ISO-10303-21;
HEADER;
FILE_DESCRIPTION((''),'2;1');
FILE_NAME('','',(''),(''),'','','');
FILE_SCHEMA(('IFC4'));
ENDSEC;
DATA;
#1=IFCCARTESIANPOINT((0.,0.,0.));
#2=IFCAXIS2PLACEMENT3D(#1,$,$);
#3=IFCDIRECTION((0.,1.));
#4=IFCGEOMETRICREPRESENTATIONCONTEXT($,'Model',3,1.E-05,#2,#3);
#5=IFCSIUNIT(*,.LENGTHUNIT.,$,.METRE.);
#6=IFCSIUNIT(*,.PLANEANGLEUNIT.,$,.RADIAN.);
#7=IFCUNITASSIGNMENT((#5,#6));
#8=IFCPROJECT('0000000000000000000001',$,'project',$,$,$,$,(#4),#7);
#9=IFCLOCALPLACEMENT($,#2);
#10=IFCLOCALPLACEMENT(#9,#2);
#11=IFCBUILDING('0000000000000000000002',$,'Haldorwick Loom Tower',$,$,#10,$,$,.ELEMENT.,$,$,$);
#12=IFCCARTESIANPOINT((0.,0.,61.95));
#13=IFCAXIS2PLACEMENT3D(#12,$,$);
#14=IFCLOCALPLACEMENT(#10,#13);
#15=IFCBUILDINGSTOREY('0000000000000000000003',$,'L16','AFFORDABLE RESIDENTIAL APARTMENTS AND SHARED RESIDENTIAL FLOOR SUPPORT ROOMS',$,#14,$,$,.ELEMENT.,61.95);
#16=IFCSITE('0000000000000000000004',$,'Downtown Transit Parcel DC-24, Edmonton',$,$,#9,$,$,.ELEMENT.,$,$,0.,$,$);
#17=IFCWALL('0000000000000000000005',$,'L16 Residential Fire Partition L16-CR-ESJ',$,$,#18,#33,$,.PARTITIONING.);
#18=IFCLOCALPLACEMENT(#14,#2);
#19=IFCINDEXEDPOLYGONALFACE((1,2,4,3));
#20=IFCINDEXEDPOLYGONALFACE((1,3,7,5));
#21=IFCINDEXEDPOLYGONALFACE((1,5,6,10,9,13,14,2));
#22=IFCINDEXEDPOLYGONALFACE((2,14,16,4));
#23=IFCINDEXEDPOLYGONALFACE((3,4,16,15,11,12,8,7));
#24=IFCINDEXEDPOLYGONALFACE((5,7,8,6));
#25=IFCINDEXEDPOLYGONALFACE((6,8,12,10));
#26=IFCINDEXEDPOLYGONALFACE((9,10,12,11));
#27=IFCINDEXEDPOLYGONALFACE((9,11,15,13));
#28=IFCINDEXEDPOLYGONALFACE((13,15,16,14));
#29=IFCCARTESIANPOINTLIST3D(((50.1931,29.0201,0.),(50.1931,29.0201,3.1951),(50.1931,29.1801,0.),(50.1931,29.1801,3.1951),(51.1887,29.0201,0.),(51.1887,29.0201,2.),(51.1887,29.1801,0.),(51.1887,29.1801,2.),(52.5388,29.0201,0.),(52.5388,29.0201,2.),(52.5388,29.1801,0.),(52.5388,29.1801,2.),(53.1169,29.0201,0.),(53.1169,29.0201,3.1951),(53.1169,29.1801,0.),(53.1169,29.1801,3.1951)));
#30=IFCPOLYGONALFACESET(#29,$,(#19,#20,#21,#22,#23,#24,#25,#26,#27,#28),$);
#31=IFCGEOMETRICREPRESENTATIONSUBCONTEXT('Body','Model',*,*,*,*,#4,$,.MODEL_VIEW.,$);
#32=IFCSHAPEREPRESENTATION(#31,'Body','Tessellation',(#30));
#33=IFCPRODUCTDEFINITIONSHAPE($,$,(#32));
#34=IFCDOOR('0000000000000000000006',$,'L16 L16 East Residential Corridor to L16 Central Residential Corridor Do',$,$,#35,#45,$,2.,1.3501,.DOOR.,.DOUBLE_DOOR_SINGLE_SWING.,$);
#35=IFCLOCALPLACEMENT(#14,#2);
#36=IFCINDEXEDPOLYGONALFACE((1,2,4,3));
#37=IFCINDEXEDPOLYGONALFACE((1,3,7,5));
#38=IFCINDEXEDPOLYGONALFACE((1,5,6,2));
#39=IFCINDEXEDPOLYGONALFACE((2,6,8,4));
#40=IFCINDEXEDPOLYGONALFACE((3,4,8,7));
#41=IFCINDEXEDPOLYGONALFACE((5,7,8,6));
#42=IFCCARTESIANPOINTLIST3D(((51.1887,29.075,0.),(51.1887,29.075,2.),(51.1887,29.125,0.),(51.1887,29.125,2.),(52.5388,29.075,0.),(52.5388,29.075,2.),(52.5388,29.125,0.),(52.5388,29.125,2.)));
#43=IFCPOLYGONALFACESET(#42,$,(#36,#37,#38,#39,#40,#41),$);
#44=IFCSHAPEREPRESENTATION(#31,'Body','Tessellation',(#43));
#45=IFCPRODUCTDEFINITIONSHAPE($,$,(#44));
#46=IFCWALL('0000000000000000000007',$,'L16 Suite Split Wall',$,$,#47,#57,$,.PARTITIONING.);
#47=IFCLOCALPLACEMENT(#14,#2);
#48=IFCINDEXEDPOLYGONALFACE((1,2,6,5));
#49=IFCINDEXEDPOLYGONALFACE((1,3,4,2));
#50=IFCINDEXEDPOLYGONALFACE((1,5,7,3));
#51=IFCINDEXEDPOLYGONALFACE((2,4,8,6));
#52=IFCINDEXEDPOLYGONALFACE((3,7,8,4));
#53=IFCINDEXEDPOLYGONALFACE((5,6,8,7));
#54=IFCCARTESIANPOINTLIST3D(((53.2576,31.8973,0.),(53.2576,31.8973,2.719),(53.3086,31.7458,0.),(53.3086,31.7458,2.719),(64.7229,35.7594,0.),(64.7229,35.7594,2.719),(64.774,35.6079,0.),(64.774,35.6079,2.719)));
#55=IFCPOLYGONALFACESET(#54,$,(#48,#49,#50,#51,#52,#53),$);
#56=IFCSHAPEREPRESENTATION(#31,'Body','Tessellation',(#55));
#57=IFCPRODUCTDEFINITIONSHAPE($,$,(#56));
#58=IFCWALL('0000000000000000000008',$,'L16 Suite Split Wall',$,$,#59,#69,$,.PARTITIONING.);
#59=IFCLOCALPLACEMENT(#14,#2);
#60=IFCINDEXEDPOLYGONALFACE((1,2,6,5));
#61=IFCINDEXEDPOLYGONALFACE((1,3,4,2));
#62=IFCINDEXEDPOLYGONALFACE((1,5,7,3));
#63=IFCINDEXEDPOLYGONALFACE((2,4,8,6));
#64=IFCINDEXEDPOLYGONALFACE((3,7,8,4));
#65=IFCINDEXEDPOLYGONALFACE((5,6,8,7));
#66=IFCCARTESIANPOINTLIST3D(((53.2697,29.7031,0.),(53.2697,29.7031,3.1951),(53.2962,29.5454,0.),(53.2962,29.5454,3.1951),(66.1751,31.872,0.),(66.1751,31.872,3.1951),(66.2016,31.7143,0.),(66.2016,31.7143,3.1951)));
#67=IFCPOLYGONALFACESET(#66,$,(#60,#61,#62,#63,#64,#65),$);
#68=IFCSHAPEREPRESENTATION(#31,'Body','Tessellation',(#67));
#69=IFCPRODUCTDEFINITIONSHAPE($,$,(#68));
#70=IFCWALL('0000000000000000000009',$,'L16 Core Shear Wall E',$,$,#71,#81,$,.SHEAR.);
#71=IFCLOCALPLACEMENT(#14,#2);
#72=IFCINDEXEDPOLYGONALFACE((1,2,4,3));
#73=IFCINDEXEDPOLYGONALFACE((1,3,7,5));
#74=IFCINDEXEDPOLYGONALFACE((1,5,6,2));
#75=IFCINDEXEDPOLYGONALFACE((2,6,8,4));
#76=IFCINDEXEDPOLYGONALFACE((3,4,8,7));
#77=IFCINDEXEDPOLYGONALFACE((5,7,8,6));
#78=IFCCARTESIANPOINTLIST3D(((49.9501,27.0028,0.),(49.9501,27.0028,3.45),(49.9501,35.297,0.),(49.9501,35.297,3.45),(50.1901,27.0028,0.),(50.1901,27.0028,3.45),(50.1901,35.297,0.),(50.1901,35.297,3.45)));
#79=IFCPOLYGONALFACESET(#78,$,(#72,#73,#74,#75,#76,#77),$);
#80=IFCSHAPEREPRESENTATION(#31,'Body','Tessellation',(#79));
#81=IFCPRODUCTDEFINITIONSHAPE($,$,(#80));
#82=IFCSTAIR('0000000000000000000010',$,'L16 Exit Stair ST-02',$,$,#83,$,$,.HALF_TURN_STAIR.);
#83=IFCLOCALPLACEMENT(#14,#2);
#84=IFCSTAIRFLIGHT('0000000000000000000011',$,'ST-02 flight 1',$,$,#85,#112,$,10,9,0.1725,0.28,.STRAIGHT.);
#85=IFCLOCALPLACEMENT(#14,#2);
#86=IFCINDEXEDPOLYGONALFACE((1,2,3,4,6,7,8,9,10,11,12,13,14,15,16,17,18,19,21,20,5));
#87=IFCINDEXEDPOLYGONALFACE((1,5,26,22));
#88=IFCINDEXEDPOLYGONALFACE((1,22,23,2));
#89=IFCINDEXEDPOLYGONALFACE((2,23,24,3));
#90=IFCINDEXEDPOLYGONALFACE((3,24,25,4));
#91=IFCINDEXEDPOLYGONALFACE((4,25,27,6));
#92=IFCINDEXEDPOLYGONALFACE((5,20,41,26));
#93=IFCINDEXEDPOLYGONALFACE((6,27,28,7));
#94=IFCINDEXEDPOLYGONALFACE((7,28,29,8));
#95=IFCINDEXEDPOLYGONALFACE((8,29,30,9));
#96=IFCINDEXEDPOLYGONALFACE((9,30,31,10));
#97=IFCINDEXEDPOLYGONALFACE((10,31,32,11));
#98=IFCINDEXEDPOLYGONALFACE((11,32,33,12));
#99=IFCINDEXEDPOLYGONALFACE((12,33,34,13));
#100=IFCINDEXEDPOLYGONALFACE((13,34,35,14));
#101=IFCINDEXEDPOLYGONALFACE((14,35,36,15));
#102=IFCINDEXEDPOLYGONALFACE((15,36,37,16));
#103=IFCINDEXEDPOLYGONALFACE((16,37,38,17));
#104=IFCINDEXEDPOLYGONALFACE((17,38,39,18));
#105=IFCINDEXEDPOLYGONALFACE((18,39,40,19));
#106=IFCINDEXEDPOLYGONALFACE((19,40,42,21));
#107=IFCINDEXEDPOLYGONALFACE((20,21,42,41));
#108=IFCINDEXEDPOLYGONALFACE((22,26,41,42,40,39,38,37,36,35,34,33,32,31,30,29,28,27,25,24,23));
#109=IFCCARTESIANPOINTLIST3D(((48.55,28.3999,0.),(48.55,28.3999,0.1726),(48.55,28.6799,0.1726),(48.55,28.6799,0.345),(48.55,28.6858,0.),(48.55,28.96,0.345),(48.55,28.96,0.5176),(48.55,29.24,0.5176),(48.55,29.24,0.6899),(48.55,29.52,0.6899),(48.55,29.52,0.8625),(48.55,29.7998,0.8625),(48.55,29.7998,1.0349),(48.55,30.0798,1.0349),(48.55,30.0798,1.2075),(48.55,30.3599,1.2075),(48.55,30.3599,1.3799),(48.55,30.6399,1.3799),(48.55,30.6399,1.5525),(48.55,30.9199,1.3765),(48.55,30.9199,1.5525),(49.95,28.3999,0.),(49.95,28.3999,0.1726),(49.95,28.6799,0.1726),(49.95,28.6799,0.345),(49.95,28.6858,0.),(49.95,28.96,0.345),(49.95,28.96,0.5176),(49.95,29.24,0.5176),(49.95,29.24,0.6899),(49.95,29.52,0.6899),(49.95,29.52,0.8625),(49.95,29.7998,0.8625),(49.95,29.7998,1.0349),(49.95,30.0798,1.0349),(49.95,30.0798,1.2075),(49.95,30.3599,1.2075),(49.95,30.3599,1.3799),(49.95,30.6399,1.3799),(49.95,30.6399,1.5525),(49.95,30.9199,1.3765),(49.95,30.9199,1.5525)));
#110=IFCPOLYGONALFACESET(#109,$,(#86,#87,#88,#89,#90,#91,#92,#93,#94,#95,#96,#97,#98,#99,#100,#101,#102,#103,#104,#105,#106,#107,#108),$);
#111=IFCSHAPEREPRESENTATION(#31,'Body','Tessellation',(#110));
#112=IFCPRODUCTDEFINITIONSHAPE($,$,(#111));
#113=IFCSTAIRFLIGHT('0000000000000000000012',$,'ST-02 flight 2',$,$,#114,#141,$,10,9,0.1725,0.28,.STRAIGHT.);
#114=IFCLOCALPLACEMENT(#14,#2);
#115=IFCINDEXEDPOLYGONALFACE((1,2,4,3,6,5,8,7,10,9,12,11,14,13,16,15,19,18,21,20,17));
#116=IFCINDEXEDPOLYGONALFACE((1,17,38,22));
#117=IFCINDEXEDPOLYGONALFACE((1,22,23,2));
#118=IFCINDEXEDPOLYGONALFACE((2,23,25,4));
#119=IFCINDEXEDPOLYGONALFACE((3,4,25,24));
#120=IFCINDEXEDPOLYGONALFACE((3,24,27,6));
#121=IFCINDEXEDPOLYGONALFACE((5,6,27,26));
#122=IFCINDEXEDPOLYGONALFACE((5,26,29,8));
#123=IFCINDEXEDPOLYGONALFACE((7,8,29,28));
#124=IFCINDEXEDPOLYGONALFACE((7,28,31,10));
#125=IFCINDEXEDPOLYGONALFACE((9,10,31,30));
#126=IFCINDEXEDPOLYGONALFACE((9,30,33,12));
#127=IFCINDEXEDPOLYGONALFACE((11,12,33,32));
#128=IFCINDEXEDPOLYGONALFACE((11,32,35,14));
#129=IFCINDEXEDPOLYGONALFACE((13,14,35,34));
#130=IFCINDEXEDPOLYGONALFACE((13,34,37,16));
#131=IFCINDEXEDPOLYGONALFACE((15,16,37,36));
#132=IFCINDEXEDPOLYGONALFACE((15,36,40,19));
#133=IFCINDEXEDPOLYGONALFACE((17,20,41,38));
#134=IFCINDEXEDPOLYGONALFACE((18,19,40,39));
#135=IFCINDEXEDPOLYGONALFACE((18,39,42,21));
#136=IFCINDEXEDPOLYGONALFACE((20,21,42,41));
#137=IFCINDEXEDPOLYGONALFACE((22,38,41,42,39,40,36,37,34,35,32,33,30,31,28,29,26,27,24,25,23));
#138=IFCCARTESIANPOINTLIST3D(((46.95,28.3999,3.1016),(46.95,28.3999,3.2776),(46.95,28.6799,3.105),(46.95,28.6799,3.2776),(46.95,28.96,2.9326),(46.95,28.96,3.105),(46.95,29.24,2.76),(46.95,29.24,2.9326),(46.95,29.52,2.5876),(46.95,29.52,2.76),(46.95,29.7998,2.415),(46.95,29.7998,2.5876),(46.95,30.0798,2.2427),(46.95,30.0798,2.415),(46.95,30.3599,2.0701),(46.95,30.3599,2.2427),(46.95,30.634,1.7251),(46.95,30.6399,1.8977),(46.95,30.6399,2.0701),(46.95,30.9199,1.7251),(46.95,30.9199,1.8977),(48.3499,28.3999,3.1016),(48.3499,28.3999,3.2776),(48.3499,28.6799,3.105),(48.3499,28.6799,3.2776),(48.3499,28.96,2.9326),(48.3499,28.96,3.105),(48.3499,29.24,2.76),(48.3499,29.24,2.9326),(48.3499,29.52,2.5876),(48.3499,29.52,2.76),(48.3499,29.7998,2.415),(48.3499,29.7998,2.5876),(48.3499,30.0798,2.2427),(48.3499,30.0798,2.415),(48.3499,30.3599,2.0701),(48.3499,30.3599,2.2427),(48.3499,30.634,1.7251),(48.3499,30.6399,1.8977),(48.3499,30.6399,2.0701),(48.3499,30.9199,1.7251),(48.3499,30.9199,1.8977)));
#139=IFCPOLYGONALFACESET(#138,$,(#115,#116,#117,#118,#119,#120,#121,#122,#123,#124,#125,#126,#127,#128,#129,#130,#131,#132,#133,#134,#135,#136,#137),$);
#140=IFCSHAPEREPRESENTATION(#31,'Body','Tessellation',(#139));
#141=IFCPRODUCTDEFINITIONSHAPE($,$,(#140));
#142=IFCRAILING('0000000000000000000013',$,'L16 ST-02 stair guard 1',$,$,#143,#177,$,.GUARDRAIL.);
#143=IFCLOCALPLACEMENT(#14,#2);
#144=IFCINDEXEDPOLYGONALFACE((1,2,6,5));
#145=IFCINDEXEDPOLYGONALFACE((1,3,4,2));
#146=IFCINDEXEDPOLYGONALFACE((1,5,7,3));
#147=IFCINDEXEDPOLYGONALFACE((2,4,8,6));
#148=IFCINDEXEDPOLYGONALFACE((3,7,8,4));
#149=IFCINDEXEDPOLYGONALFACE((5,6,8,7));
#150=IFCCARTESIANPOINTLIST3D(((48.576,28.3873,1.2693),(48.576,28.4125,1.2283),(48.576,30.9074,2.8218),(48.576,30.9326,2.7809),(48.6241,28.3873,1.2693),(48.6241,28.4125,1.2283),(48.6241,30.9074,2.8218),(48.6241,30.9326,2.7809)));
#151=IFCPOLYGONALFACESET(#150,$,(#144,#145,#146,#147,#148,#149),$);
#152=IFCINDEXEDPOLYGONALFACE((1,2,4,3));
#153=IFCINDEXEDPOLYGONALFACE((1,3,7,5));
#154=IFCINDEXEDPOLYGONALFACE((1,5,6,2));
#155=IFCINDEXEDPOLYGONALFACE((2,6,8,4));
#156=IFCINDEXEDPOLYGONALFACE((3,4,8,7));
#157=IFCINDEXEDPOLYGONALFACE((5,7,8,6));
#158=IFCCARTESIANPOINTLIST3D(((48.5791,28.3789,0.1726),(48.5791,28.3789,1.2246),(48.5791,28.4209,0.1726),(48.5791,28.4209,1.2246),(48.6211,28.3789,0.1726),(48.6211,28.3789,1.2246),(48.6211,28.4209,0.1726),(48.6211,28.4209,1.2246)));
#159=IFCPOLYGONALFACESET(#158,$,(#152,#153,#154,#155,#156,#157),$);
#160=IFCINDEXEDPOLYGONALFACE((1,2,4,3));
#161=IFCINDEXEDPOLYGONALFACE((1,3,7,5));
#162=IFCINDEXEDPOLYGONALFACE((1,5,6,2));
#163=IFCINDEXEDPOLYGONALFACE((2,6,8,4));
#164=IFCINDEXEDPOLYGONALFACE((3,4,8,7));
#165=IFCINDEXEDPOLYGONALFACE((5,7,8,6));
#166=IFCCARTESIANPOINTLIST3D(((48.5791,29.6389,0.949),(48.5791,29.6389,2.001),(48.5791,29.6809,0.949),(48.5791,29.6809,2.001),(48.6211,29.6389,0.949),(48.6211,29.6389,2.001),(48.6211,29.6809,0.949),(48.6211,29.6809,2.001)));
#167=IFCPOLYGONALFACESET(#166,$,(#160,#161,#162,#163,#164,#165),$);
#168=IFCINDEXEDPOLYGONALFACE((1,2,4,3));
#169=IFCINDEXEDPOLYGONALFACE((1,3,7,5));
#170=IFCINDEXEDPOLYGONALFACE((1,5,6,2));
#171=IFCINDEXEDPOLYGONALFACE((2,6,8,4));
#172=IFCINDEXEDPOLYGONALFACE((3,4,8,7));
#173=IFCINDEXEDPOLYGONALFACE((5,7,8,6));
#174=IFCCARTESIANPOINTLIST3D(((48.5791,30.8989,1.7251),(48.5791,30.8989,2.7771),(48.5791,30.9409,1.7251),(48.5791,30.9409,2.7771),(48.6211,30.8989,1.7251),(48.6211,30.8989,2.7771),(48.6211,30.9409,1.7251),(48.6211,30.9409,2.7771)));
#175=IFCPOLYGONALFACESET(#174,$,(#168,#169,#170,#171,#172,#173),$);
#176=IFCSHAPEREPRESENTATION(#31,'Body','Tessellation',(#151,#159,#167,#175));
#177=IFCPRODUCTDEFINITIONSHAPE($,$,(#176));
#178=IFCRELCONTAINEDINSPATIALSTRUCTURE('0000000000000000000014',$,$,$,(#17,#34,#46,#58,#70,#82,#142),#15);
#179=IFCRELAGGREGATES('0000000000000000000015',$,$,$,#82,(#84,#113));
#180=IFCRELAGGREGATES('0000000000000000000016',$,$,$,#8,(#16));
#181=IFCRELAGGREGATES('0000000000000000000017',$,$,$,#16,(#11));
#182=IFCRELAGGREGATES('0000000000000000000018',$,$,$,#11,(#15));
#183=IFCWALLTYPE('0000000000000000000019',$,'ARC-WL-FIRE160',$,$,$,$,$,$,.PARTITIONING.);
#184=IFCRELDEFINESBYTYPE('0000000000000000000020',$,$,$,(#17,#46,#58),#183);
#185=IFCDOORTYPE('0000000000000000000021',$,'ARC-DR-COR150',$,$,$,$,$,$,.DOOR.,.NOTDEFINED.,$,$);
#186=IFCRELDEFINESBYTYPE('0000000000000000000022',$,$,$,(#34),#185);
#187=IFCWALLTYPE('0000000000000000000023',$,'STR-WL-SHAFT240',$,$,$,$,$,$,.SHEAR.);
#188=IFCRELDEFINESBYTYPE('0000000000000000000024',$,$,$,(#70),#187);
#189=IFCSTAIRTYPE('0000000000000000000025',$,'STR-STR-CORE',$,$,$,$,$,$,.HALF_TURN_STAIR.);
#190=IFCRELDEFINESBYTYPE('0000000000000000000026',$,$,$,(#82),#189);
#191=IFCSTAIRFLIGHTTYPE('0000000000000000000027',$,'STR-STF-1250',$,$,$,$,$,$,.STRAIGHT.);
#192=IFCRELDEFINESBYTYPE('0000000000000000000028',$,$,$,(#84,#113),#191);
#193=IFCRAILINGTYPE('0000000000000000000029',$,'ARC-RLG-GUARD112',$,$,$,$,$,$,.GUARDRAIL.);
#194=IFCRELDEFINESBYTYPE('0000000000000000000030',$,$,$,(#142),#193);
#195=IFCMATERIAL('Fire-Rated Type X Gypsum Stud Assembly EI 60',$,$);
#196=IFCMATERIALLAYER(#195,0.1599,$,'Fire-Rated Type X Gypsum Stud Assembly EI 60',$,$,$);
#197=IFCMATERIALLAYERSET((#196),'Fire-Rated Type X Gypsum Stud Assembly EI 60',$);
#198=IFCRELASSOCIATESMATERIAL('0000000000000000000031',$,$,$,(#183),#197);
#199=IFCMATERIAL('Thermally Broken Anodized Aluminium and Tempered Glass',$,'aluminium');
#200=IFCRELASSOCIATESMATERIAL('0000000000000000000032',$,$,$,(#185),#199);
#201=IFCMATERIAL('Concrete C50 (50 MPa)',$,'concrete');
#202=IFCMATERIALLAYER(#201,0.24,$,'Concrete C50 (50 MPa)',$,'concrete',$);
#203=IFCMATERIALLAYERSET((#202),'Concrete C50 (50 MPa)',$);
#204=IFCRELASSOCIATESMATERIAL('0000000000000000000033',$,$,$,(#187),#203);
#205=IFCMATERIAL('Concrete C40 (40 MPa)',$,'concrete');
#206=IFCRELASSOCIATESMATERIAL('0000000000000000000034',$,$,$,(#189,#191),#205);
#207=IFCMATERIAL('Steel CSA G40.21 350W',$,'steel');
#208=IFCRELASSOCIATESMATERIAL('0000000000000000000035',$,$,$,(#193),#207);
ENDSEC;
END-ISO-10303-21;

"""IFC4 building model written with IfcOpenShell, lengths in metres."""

from ifc_helpers import new_model, si_unit, direction, frame, frame_2d, origin, origin_2d, place, context, subcontext, project, spatial, polyline, rectangle, outline, extrude, material, layer, layer_set, type_object, element, fill, aggregate, save


model = new_model("IFC4")

# Units and contexts
model_context = context("Model", 3, precision=1e-05, world=origin(), true_north=direction((0.0, 1.0)))
body_context = subcontext(model_context, "Body", "Model", "MODEL_VIEW")
ifc_project = project(units=[si_unit("LENGTHUNIT", "METRE"), si_unit("PLANEANGLEUNIT", "RADIAN")], contexts=[model_context])

# Site, building, storey
site_placement = place(None, origin())
site = spatial("IfcSite", under=ifc_project, at=site_placement, Name="Downtown Transit Parcel DC-24, Edmonton", CompositionType="ELEMENT", RefElevation=0.0)
building_placement = place(site_placement, origin())
building = spatial("IfcBuilding", under=site, at=building_placement, Name="Haldorwick Loom Tower", CompositionType="ELEMENT")
storey_placement = place(building_placement, frame((0.0, 0.0, 61.95)))
storey = spatial("IfcBuildingStorey", under=building, at=storey_placement, Name="L16", Description="AFFORDABLE RESIDENTIAL APARTMENTS AND SHARED RESIDENTIAL FLOOR SUPPORT ROOMS", CompositionType="ELEMENT", Elevation=61.95)

# Shared definitions
ifc_material_1 = material(Name="Steel CSA G40.21 350W", Category="steel")

# Wall, opening, door
ifc_material_2 = material(Name="Fire-Rated Type X Gypsum Stud Assembly EI 60")
ifc_layer_1 = layer(ifc_material_2, 0.1599, Name="Fire-Rated Type X Gypsum Stud Assembly EI 60")
ifc_layer_set_1 = layer_set([ifc_layer_1], Name="Fire-Rated Type X Gypsum Stud Assembly EI 60")
wall_type_1 = type_object("IfcWallType", Name="ARC-WL-FIRE160", PredefinedType="PARTITIONING", material=ifc_layer_set_1)
wall_1_placement = place(storey_placement, frame((50.1931, 29.1001, 0.0), z_axis=(0.0, 0.0, 1.0), x_axis=(1.0, 0.0, 0.0)))
wall_1 = element("IfcWall", 1, at=wall_1_placement, inside=storey, type_object=wall_type_1, Name="L16 Residential Fire Partition L16-CR-ESJ", PredefinedType="PARTITIONING", context=body_context, shape_type="SweptSolid", body=[
    extrude(rectangle(XDim=2.9238, YDim=0.1599, at=frame_2d((1.4619, 0.0))), origin(), (0.0, 0.0, 1.0), 3.1951),
])
opening_1_placement = place(wall_1_placement, frame((0.9956, 0.0, 0.0)))
opening_1 = element("IfcOpeningElement", 2, at=opening_1_placement, cuts=wall_1, PredefinedType="OPENING", context=body_context, shape_type="SweptSolid", body=[
    extrude(rectangle(XDim=1.3501, YDim=2.0, at=frame_2d((0.675, 1.0))), frame((0.0, 0.0898, 0.0), z_axis=(0.0, -1.0, 0.0), x_axis=(1.0, 0.0, 0.0)), (0.0, 0.0, 1.0), 0.1799),
])
ifc_material_3 = material(Name="Thermally Broken Anodized Aluminium and Tempered Glass", Category="aluminium")
door_type_1 = type_object("IfcDoorType", Name="ARC-DR-COR150", OperationType="NOTDEFINED", PredefinedType="DOOR", material=ifc_material_3)
door_1_placement = place(opening_1_placement, origin())
door_1 = element("IfcDoor", 3, at=door_1_placement, inside=storey, type_object=door_type_1, Name="L16 L16 East Residential Corridor to L16 Central Residential Corridor Do", OperationType="DOUBLE_DOOR_SINGLE_SWING", OverallHeight=2.0, OverallWidth=1.3501, PredefinedType="DOOR", context=body_context, shape_type="SweptSolid", body=[
    extrude(rectangle(XDim=1.3501, YDim=2.0, at=frame_2d((0.675, 1.0))), frame((0.0, 0.0249, 0.0), z_axis=(0.0, -1.0, 0.0), x_axis=(1.0, 0.0, 0.0)), (0.0, 0.0, 1.0), 0.05),
])
fill(opening_1, door_1)

# Walls
wall_2_placement = place(storey_placement, frame((53.283, 31.8215, 0.0), z_axis=(0.0, 0.0, 1.0), x_axis=(0.94768, 0.319223, 0.0)))
element("IfcWall", 4, at=wall_2_placement, inside=storey, type_object=wall_type_1, Name="L16 Suite Split Wall", PredefinedType="PARTITIONING", context=body_context, shape_type="SweptSolid", body=[
    extrude(rectangle(XDim=12.0984, YDim=0.1599, at=frame_2d((6.0493, 0.0))), origin(), (0.0, 0.0, 1.0), 2.719),
])
wall_3_placement = place(storey_placement, frame((53.283, 29.6243, 0.0), z_axis=(0.0, 0.0, 1.0), x_axis=(0.98617, 0.165739, 0.0)))
element("IfcWall", 5, at=wall_3_placement, inside=storey, type_object=wall_type_1, Name="L16 Suite Split Wall", PredefinedType="PARTITIONING", context=body_context, shape_type="SweptSolid", body=[
    extrude(rectangle(XDim=13.0864, YDim=0.1599, at=frame_2d((6.5432, 0.0))), origin(), (0.0, 0.0, 1.0), 3.1951),
])
ifc_material_4 = material(Name="Concrete C50 (50 MPa)", Category="concrete")
ifc_layer_2 = layer(ifc_material_4, 0.24, Name="Concrete C50 (50 MPa)", Category="concrete")
ifc_layer_set_2 = layer_set([ifc_layer_2], Name="Concrete C50 (50 MPa)")
wall_type_2 = type_object("IfcWallType", Name="STR-WL-SHAFT240", PredefinedType="SHEAR", material=ifc_layer_set_2)
wall_4_placement = place(storey_placement, frame((50.0701, 27.0029, 0.0), z_axis=(0.0, 0.0, 1.0), x_axis=(0.0, 1.0, 0.0)))
element("IfcWall", 6, at=wall_4_placement, inside=storey, type_object=wall_type_2, Name="L16 Core Shear Wall E", PredefinedType="SHEAR", context=body_context, shape_type="SweptSolid", body=[
    extrude(rectangle(XDim=8.2942, YDim=0.24, at=frame_2d((4.147, 0.0))), origin(), (0.0, 0.0, 1.0), 3.45),
])

# Stair, stair flights
ifc_material_5 = material(Name="Concrete C40 (40 MPa)", Category="concrete")
stair_type = type_object("IfcStairType", Name="STR-STR-CORE", PredefinedType="HALF_TURN_STAIR", material=ifc_material_5)
stair_placement = place(storey_placement, origin())
stair = element("IfcStair", 7, at=stair_placement, inside=storey, type_object=stair_type, Name="L16 Exit Stair ST-02", PredefinedType="HALF_TURN_STAIR")
stair_flight_type = type_object("IfcStairFlightType", Name="STR-STF-1250", PredefinedType="STRAIGHT", material=ifc_material_5)
stair_flight_1_placement = place(storey_placement, frame((49.25, 28.3999, 0.0), z_axis=(0.0, 0.0, 1.0), x_axis=(0.0, 1.0, 0.0)))
stair_flight_1 = element("IfcStairFlight", 8, at=stair_flight_1_placement, type_object=stair_flight_type, Name="ST-02 flight 1", NumberOfRisers=10, NumberOfTreads=9, PredefinedType="STRAIGHT", RiserHeight=0.1725, TreadLength=0.28, context=body_context, shape_type="SweptSolid", body=[
    extrude(outline(polyline([(0.0, 0.0), (0.0, 0.1726), (0.28, 0.1726), (0.28, 0.345), (0.5601, 0.345), (0.5601, 0.5176), (0.8401, 0.5176), (0.8401, 0.6899), (1.1201, 0.6899), (1.1201, 0.8625), (1.3999, 0.8625), (1.3999, 1.0349), (1.6799, 1.0349), (1.6799, 1.2075), (1.96, 1.2075), (1.96, 1.3799), (2.24, 1.3799), (2.24, 1.5525), (2.52, 1.5525), (2.52, 1.7251), (2.52, 1.3765), (0.2859, 0.0), (0.0, 0.0)])), frame((0.0, 0.7, 0.0), z_axis=(0.0, -1.0, 0.0), x_axis=(1.0, 0.0, 0.0)), (0.0, 0.0, 1.0), 1.3999),
])
stair_flight_2_placement = place(storey_placement, frame((47.6499, 30.9199, 1.7251), z_axis=(0.0, 0.0, 1.0), x_axis=(0.0, -1.0, 0.0)))
stair_flight_2 = element("IfcStairFlight", 9, at=stair_flight_2_placement, type_object=stair_flight_type, Name="ST-02 flight 2", NumberOfRisers=10, NumberOfTreads=9, PredefinedType="STRAIGHT", RiserHeight=0.1725, TreadLength=0.28, context=body_context, shape_type="SweptSolid", body=[
    extrude(outline(polyline([(0.0, 0.0), (0.0, 0.1726), (0.28, 0.1726), (0.28, 0.345), (0.5601, 0.345), (0.5601, 0.5176), (0.8401, 0.5176), (0.8401, 0.6899), (1.1201, 0.6899), (1.1201, 0.8625), (1.3999, 0.8625), (1.3999, 1.0349), (1.6799, 1.0349), (1.6799, 1.2075), (1.96, 1.2075), (1.96, 1.3799), (2.24, 1.3799), (2.24, 1.5525), (2.52, 1.5525), (2.52, 1.7251), (2.52, 1.3765), (0.2859, 0.0), (0.0, 0.0)])), frame((0.0, 0.7, 0.0), z_axis=(0.0, -1.0, 0.0), x_axis=(1.0, 0.0, 0.0)), (0.0, 0.0, 1.0), 1.3999),
])
aggregate(stair, [stair_flight_1, stair_flight_2])

# Railing
railing_type_1 = type_object("IfcRailingType", Name="ARC-RLG-GUARD112", PredefinedType="GUARDRAIL", material=ifc_material_1)
railing_1_placement = place(storey_placement, frame((48.6001, 28.3999, 0.1726)))
element("IfcRailing", 10, at=railing_1_placement, inside=storey, type_object=railing_type_1, Name="L16 ST-02 stair guard 1", PredefinedType="GUARDRAIL", context=body_context, shape_type="SweptSolid", body=[
    extrude(rectangle(XDim=0.0481, YDim=0.0481, at=origin_2d()), frame((0.0, 0.0, 1.0762), z_axis=(0.0, 0.8514, 0.524516), x_axis=(-1.0, 0.0, 0.0)), (0.0, 0.0, 1.0), 2.96),
    extrude(rectangle(XDim=0.042, YDim=0.042, at=origin_2d()), origin(), (0.0, 0.0, 1.0), 1.052),
    extrude(rectangle(XDim=0.042, YDim=0.042, at=origin_2d()), frame((0.0, 1.26, 0.7764)), (0.0, 0.0, 1.0), 1.052),
    extrude(rectangle(XDim=0.042, YDim=0.042, at=origin_2d()), frame((0.0, 2.52, 1.5525)), (0.0, 0.0, 1.0), 1.052),
])

save(model, "model.ifc")
